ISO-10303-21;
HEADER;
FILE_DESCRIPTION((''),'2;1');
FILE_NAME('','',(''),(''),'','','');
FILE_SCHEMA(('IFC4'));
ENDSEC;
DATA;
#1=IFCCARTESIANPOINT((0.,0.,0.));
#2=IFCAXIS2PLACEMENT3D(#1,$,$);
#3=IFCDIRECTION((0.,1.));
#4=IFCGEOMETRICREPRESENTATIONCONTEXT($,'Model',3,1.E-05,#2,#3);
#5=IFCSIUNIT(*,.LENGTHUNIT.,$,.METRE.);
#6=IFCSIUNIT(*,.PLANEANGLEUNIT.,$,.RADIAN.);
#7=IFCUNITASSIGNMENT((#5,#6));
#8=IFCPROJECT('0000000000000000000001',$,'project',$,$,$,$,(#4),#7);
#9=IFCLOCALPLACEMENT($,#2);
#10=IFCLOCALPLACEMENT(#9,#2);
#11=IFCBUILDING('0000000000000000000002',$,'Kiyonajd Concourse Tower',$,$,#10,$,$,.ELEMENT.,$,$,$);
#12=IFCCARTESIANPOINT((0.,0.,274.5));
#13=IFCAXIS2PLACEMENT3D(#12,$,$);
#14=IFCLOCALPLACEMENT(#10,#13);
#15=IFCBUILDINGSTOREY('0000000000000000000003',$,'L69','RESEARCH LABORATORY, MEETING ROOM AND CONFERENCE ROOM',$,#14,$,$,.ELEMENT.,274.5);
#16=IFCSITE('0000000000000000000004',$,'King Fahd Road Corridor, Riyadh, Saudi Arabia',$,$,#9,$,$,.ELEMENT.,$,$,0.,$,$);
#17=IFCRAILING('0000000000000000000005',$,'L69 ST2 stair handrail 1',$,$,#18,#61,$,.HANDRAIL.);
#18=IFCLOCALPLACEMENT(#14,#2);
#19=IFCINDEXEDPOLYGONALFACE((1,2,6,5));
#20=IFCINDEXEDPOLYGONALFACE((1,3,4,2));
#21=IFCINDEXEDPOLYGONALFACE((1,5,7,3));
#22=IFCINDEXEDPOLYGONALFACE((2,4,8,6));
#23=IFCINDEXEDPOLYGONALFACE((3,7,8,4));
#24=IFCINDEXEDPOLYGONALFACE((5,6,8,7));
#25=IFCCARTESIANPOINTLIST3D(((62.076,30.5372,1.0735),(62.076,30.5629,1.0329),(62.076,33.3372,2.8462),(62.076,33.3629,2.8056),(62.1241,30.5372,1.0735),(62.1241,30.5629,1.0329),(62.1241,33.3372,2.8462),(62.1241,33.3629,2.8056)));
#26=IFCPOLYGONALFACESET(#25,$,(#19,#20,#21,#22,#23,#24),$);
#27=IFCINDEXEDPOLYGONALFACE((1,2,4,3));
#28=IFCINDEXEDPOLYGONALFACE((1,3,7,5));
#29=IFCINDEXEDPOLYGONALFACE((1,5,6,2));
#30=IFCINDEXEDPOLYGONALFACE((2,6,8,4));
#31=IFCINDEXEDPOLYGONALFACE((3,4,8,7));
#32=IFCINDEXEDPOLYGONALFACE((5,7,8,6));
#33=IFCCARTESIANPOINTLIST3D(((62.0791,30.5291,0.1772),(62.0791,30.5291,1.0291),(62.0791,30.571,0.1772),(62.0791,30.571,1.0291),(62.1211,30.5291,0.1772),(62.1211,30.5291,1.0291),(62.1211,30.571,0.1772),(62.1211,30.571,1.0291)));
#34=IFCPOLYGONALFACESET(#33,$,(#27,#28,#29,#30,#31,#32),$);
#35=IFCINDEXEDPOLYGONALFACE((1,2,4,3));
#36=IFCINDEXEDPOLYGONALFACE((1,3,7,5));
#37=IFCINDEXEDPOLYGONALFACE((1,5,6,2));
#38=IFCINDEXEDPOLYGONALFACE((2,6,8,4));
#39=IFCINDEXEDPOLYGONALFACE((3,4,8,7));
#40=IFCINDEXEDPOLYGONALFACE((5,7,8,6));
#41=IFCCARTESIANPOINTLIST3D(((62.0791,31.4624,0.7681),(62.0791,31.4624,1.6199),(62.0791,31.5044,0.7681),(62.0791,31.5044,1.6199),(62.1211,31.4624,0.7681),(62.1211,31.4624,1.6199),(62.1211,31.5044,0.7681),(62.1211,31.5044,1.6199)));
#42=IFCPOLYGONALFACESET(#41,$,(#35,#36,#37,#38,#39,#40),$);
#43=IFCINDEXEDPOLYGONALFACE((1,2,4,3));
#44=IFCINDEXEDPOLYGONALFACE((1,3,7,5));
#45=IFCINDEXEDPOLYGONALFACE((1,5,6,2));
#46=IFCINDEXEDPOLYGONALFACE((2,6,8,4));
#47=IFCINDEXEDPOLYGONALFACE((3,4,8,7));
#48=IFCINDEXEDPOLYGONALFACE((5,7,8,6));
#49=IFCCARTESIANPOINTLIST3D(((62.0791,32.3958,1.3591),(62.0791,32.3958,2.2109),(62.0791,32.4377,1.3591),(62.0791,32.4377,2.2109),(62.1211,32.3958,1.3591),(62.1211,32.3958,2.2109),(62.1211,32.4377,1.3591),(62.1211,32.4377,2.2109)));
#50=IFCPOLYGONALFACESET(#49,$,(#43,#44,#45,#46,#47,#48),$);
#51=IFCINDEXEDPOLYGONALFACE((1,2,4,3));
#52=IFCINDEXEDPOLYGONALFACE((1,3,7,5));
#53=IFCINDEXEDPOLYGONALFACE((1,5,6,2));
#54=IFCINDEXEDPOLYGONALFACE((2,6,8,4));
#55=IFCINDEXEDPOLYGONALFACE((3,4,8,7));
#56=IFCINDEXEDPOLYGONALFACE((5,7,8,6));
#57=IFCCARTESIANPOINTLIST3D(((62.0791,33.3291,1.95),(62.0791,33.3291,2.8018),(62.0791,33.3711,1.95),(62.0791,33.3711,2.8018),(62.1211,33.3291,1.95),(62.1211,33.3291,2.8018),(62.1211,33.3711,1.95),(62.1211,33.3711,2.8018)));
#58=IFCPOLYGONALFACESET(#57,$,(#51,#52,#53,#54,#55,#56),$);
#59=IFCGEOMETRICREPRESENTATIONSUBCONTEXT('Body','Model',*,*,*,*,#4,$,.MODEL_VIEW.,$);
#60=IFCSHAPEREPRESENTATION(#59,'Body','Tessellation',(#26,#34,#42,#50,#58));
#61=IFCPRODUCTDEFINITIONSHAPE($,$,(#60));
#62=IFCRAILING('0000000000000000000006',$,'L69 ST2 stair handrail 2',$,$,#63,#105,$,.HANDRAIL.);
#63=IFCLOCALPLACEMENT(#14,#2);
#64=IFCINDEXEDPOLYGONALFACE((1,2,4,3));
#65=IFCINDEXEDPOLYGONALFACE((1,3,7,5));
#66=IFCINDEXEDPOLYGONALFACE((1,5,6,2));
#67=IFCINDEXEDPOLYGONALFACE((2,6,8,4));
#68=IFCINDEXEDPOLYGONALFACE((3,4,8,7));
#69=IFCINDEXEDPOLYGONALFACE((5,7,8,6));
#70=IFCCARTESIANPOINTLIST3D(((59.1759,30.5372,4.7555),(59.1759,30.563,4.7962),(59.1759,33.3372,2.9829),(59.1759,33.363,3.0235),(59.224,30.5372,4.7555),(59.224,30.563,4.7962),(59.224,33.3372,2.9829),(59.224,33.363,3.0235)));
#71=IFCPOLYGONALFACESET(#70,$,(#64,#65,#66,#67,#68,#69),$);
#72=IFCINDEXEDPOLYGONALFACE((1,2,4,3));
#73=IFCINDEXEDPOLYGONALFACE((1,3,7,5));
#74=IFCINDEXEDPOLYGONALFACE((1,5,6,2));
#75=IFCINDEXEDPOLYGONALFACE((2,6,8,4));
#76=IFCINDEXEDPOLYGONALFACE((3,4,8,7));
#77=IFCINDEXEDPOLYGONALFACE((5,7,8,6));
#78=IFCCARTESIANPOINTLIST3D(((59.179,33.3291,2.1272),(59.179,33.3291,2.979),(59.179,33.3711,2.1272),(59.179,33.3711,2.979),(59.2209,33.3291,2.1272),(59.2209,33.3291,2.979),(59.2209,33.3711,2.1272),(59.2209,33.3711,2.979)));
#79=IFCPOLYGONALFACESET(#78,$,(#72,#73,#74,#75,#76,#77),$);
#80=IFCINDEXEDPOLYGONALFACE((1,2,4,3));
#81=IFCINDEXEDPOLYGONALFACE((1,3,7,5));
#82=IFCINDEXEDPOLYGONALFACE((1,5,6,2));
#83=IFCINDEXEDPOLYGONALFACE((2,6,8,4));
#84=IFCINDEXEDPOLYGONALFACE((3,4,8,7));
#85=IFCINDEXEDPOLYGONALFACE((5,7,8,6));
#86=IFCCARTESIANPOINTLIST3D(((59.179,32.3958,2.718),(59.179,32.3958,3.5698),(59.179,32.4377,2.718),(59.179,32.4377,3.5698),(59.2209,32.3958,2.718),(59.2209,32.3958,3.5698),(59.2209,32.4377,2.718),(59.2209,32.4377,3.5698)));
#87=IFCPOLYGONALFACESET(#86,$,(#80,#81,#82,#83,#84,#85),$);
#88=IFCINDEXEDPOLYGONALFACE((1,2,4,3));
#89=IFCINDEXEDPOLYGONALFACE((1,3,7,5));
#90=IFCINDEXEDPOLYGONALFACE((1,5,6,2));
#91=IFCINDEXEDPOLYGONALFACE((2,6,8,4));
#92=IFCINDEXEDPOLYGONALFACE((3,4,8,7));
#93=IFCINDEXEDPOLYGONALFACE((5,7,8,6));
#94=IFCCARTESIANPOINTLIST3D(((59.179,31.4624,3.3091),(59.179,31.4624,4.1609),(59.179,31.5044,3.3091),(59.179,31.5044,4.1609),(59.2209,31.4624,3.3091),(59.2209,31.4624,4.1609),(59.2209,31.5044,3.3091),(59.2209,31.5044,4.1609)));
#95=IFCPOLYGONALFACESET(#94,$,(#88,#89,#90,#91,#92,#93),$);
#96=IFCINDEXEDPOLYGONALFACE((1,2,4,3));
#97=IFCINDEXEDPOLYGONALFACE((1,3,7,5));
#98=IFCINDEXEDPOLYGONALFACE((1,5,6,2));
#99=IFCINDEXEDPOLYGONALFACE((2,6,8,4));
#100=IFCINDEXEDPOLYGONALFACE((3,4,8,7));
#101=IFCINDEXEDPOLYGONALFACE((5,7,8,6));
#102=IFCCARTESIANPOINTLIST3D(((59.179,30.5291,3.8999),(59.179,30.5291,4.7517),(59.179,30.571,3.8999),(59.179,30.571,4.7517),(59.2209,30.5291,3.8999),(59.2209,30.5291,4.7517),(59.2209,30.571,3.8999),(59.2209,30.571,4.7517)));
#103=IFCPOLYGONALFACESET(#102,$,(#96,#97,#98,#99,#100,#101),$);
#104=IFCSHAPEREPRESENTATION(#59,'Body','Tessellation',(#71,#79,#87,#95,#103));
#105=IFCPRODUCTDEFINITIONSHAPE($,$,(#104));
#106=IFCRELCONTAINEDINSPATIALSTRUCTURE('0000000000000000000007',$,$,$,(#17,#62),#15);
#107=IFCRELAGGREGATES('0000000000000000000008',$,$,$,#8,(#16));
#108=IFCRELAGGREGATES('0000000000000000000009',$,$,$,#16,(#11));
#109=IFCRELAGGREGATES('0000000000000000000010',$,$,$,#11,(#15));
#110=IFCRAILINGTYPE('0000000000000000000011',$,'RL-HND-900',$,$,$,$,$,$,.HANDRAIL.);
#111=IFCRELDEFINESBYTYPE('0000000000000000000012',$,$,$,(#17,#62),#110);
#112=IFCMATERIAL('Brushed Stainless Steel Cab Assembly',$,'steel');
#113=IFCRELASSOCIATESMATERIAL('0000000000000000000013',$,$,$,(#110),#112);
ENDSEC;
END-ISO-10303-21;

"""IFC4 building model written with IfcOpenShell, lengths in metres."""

from ifc_helpers import new_model, si_unit, direction, frame, origin, origin_2d, place, context, subcontext, project, spatial, rectangle, extrude, material, type_object, element, save


model = new_model("IFC4")

# Units and contexts
model_context = context("Model", 3, precision=1e-05, world=origin(), true_north=direction((0.0, 1.0)))
body_context = subcontext(model_context, "Body", "Model", "MODEL_VIEW")
ifc_project = project(units=[si_unit("LENGTHUNIT", "METRE"), si_unit("PLANEANGLEUNIT", "RADIAN")], contexts=[model_context])

# Site, building, storey
site_placement = place(None, origin())
site = spatial("IfcSite", under=ifc_project, at=site_placement, Name="King Fahd Road Corridor, Riyadh, Saudi Arabia", CompositionType="ELEMENT", RefElevation=0.0)
building_placement = place(site_placement, origin())
building = spatial("IfcBuilding", under=site, at=building_placement, Name="Kiyonajd Concourse Tower", CompositionType="ELEMENT")
storey_placement = place(building_placement, frame((0.0, 0.0, 274.5)))
storey = spatial("IfcBuildingStorey", under=building, at=storey_placement, Name="L69", Description="RESEARCH LABORATORY, MEETING ROOM AND CONFERENCE ROOM", CompositionType="ELEMENT", Elevation=274.5)

# Shared definitions
ifc_material_1 = material(Name="Brushed Stainless Steel Cab Assembly", Category="steel")

# Railings
railing_type_1 = type_object("IfcRailingType", Name="RL-HND-900", PredefinedType="HANDRAIL", material=ifc_material_1)
railing_1_placement = place(storey_placement, frame((62.1001, 30.55, 0.1772)))
element("IfcRailing", 1, at=railing_1_placement, inside=storey, type_object=railing_type_1, Name="L69 ST2 stair handrail 1", PredefinedType="HANDRAIL", context=body_context, shape_type="SweptSolid", body=[
    extrude(rectangle(XDim=0.0481, YDim=0.0481, at=origin_2d()), frame((0.0, 0.0, 0.876), z_axis=(0.0, 0.844909, 0.53491), x_axis=(-1.0, 0.0, 0.0)), (0.0, 0.0, 1.0), 3.314),
    extrude(rectangle(XDim=0.042, YDim=0.042, at=origin_2d()), origin(), (0.0, 0.0, 1.0), 0.8518),
    extrude(rectangle(XDim=0.042, YDim=0.042, at=origin_2d()), frame((0.0, 0.9333, 0.5908)), (0.0, 0.0, 1.0), 0.8518),
    extrude(rectangle(XDim=0.042, YDim=0.042, at=origin_2d()), frame((0.0, 1.8667, 1.1819)), (0.0, 0.0, 1.0), 0.8518),
    extrude(rectangle(XDim=0.042, YDim=0.042, at=origin_2d()), frame((0.0, 2.8, 1.7727)), (0.0, 0.0, 1.0), 0.8518),
])
railing_2_placement = place(storey_placement, frame((59.2, 33.3501, 2.1272)))
element("IfcRailing", 2, at=railing_2_placement, inside=storey, type_object=railing_type_1, Name="L69 ST2 stair handrail 2", PredefinedType="HANDRAIL", context=body_context, shape_type="SweptSolid", body=[
    extrude(rectangle(XDim=0.0481, YDim=0.0481, at=origin_2d()), frame((0.0, 0.0, 0.876), z_axis=(0.0, -0.844909, 0.53491), x_axis=(1.0, 0.0, 0.0)), (0.0, 0.0, 1.0), 3.314),
    extrude(rectangle(XDim=0.042, YDim=0.042, at=origin_2d()), origin(), (0.0, 0.0, 1.0), 0.8518),
    extrude(rectangle(XDim=0.042, YDim=0.042, at=origin_2d()), frame((0.0, -0.9333, 0.5908)), (0.0, 0.0, 1.0), 0.8518),
    extrude(rectangle(XDim=0.042, YDim=0.042, at=origin_2d()), frame((0.0, -1.8667, 1.1819)), (0.0, 0.0, 1.0), 0.8518),
    extrude(rectangle(XDim=0.042, YDim=0.042, at=origin_2d()), frame((0.0, -2.8, 1.7727)), (0.0, 0.0, 1.0), 0.8518),
])

save(model, "model.ifc")
